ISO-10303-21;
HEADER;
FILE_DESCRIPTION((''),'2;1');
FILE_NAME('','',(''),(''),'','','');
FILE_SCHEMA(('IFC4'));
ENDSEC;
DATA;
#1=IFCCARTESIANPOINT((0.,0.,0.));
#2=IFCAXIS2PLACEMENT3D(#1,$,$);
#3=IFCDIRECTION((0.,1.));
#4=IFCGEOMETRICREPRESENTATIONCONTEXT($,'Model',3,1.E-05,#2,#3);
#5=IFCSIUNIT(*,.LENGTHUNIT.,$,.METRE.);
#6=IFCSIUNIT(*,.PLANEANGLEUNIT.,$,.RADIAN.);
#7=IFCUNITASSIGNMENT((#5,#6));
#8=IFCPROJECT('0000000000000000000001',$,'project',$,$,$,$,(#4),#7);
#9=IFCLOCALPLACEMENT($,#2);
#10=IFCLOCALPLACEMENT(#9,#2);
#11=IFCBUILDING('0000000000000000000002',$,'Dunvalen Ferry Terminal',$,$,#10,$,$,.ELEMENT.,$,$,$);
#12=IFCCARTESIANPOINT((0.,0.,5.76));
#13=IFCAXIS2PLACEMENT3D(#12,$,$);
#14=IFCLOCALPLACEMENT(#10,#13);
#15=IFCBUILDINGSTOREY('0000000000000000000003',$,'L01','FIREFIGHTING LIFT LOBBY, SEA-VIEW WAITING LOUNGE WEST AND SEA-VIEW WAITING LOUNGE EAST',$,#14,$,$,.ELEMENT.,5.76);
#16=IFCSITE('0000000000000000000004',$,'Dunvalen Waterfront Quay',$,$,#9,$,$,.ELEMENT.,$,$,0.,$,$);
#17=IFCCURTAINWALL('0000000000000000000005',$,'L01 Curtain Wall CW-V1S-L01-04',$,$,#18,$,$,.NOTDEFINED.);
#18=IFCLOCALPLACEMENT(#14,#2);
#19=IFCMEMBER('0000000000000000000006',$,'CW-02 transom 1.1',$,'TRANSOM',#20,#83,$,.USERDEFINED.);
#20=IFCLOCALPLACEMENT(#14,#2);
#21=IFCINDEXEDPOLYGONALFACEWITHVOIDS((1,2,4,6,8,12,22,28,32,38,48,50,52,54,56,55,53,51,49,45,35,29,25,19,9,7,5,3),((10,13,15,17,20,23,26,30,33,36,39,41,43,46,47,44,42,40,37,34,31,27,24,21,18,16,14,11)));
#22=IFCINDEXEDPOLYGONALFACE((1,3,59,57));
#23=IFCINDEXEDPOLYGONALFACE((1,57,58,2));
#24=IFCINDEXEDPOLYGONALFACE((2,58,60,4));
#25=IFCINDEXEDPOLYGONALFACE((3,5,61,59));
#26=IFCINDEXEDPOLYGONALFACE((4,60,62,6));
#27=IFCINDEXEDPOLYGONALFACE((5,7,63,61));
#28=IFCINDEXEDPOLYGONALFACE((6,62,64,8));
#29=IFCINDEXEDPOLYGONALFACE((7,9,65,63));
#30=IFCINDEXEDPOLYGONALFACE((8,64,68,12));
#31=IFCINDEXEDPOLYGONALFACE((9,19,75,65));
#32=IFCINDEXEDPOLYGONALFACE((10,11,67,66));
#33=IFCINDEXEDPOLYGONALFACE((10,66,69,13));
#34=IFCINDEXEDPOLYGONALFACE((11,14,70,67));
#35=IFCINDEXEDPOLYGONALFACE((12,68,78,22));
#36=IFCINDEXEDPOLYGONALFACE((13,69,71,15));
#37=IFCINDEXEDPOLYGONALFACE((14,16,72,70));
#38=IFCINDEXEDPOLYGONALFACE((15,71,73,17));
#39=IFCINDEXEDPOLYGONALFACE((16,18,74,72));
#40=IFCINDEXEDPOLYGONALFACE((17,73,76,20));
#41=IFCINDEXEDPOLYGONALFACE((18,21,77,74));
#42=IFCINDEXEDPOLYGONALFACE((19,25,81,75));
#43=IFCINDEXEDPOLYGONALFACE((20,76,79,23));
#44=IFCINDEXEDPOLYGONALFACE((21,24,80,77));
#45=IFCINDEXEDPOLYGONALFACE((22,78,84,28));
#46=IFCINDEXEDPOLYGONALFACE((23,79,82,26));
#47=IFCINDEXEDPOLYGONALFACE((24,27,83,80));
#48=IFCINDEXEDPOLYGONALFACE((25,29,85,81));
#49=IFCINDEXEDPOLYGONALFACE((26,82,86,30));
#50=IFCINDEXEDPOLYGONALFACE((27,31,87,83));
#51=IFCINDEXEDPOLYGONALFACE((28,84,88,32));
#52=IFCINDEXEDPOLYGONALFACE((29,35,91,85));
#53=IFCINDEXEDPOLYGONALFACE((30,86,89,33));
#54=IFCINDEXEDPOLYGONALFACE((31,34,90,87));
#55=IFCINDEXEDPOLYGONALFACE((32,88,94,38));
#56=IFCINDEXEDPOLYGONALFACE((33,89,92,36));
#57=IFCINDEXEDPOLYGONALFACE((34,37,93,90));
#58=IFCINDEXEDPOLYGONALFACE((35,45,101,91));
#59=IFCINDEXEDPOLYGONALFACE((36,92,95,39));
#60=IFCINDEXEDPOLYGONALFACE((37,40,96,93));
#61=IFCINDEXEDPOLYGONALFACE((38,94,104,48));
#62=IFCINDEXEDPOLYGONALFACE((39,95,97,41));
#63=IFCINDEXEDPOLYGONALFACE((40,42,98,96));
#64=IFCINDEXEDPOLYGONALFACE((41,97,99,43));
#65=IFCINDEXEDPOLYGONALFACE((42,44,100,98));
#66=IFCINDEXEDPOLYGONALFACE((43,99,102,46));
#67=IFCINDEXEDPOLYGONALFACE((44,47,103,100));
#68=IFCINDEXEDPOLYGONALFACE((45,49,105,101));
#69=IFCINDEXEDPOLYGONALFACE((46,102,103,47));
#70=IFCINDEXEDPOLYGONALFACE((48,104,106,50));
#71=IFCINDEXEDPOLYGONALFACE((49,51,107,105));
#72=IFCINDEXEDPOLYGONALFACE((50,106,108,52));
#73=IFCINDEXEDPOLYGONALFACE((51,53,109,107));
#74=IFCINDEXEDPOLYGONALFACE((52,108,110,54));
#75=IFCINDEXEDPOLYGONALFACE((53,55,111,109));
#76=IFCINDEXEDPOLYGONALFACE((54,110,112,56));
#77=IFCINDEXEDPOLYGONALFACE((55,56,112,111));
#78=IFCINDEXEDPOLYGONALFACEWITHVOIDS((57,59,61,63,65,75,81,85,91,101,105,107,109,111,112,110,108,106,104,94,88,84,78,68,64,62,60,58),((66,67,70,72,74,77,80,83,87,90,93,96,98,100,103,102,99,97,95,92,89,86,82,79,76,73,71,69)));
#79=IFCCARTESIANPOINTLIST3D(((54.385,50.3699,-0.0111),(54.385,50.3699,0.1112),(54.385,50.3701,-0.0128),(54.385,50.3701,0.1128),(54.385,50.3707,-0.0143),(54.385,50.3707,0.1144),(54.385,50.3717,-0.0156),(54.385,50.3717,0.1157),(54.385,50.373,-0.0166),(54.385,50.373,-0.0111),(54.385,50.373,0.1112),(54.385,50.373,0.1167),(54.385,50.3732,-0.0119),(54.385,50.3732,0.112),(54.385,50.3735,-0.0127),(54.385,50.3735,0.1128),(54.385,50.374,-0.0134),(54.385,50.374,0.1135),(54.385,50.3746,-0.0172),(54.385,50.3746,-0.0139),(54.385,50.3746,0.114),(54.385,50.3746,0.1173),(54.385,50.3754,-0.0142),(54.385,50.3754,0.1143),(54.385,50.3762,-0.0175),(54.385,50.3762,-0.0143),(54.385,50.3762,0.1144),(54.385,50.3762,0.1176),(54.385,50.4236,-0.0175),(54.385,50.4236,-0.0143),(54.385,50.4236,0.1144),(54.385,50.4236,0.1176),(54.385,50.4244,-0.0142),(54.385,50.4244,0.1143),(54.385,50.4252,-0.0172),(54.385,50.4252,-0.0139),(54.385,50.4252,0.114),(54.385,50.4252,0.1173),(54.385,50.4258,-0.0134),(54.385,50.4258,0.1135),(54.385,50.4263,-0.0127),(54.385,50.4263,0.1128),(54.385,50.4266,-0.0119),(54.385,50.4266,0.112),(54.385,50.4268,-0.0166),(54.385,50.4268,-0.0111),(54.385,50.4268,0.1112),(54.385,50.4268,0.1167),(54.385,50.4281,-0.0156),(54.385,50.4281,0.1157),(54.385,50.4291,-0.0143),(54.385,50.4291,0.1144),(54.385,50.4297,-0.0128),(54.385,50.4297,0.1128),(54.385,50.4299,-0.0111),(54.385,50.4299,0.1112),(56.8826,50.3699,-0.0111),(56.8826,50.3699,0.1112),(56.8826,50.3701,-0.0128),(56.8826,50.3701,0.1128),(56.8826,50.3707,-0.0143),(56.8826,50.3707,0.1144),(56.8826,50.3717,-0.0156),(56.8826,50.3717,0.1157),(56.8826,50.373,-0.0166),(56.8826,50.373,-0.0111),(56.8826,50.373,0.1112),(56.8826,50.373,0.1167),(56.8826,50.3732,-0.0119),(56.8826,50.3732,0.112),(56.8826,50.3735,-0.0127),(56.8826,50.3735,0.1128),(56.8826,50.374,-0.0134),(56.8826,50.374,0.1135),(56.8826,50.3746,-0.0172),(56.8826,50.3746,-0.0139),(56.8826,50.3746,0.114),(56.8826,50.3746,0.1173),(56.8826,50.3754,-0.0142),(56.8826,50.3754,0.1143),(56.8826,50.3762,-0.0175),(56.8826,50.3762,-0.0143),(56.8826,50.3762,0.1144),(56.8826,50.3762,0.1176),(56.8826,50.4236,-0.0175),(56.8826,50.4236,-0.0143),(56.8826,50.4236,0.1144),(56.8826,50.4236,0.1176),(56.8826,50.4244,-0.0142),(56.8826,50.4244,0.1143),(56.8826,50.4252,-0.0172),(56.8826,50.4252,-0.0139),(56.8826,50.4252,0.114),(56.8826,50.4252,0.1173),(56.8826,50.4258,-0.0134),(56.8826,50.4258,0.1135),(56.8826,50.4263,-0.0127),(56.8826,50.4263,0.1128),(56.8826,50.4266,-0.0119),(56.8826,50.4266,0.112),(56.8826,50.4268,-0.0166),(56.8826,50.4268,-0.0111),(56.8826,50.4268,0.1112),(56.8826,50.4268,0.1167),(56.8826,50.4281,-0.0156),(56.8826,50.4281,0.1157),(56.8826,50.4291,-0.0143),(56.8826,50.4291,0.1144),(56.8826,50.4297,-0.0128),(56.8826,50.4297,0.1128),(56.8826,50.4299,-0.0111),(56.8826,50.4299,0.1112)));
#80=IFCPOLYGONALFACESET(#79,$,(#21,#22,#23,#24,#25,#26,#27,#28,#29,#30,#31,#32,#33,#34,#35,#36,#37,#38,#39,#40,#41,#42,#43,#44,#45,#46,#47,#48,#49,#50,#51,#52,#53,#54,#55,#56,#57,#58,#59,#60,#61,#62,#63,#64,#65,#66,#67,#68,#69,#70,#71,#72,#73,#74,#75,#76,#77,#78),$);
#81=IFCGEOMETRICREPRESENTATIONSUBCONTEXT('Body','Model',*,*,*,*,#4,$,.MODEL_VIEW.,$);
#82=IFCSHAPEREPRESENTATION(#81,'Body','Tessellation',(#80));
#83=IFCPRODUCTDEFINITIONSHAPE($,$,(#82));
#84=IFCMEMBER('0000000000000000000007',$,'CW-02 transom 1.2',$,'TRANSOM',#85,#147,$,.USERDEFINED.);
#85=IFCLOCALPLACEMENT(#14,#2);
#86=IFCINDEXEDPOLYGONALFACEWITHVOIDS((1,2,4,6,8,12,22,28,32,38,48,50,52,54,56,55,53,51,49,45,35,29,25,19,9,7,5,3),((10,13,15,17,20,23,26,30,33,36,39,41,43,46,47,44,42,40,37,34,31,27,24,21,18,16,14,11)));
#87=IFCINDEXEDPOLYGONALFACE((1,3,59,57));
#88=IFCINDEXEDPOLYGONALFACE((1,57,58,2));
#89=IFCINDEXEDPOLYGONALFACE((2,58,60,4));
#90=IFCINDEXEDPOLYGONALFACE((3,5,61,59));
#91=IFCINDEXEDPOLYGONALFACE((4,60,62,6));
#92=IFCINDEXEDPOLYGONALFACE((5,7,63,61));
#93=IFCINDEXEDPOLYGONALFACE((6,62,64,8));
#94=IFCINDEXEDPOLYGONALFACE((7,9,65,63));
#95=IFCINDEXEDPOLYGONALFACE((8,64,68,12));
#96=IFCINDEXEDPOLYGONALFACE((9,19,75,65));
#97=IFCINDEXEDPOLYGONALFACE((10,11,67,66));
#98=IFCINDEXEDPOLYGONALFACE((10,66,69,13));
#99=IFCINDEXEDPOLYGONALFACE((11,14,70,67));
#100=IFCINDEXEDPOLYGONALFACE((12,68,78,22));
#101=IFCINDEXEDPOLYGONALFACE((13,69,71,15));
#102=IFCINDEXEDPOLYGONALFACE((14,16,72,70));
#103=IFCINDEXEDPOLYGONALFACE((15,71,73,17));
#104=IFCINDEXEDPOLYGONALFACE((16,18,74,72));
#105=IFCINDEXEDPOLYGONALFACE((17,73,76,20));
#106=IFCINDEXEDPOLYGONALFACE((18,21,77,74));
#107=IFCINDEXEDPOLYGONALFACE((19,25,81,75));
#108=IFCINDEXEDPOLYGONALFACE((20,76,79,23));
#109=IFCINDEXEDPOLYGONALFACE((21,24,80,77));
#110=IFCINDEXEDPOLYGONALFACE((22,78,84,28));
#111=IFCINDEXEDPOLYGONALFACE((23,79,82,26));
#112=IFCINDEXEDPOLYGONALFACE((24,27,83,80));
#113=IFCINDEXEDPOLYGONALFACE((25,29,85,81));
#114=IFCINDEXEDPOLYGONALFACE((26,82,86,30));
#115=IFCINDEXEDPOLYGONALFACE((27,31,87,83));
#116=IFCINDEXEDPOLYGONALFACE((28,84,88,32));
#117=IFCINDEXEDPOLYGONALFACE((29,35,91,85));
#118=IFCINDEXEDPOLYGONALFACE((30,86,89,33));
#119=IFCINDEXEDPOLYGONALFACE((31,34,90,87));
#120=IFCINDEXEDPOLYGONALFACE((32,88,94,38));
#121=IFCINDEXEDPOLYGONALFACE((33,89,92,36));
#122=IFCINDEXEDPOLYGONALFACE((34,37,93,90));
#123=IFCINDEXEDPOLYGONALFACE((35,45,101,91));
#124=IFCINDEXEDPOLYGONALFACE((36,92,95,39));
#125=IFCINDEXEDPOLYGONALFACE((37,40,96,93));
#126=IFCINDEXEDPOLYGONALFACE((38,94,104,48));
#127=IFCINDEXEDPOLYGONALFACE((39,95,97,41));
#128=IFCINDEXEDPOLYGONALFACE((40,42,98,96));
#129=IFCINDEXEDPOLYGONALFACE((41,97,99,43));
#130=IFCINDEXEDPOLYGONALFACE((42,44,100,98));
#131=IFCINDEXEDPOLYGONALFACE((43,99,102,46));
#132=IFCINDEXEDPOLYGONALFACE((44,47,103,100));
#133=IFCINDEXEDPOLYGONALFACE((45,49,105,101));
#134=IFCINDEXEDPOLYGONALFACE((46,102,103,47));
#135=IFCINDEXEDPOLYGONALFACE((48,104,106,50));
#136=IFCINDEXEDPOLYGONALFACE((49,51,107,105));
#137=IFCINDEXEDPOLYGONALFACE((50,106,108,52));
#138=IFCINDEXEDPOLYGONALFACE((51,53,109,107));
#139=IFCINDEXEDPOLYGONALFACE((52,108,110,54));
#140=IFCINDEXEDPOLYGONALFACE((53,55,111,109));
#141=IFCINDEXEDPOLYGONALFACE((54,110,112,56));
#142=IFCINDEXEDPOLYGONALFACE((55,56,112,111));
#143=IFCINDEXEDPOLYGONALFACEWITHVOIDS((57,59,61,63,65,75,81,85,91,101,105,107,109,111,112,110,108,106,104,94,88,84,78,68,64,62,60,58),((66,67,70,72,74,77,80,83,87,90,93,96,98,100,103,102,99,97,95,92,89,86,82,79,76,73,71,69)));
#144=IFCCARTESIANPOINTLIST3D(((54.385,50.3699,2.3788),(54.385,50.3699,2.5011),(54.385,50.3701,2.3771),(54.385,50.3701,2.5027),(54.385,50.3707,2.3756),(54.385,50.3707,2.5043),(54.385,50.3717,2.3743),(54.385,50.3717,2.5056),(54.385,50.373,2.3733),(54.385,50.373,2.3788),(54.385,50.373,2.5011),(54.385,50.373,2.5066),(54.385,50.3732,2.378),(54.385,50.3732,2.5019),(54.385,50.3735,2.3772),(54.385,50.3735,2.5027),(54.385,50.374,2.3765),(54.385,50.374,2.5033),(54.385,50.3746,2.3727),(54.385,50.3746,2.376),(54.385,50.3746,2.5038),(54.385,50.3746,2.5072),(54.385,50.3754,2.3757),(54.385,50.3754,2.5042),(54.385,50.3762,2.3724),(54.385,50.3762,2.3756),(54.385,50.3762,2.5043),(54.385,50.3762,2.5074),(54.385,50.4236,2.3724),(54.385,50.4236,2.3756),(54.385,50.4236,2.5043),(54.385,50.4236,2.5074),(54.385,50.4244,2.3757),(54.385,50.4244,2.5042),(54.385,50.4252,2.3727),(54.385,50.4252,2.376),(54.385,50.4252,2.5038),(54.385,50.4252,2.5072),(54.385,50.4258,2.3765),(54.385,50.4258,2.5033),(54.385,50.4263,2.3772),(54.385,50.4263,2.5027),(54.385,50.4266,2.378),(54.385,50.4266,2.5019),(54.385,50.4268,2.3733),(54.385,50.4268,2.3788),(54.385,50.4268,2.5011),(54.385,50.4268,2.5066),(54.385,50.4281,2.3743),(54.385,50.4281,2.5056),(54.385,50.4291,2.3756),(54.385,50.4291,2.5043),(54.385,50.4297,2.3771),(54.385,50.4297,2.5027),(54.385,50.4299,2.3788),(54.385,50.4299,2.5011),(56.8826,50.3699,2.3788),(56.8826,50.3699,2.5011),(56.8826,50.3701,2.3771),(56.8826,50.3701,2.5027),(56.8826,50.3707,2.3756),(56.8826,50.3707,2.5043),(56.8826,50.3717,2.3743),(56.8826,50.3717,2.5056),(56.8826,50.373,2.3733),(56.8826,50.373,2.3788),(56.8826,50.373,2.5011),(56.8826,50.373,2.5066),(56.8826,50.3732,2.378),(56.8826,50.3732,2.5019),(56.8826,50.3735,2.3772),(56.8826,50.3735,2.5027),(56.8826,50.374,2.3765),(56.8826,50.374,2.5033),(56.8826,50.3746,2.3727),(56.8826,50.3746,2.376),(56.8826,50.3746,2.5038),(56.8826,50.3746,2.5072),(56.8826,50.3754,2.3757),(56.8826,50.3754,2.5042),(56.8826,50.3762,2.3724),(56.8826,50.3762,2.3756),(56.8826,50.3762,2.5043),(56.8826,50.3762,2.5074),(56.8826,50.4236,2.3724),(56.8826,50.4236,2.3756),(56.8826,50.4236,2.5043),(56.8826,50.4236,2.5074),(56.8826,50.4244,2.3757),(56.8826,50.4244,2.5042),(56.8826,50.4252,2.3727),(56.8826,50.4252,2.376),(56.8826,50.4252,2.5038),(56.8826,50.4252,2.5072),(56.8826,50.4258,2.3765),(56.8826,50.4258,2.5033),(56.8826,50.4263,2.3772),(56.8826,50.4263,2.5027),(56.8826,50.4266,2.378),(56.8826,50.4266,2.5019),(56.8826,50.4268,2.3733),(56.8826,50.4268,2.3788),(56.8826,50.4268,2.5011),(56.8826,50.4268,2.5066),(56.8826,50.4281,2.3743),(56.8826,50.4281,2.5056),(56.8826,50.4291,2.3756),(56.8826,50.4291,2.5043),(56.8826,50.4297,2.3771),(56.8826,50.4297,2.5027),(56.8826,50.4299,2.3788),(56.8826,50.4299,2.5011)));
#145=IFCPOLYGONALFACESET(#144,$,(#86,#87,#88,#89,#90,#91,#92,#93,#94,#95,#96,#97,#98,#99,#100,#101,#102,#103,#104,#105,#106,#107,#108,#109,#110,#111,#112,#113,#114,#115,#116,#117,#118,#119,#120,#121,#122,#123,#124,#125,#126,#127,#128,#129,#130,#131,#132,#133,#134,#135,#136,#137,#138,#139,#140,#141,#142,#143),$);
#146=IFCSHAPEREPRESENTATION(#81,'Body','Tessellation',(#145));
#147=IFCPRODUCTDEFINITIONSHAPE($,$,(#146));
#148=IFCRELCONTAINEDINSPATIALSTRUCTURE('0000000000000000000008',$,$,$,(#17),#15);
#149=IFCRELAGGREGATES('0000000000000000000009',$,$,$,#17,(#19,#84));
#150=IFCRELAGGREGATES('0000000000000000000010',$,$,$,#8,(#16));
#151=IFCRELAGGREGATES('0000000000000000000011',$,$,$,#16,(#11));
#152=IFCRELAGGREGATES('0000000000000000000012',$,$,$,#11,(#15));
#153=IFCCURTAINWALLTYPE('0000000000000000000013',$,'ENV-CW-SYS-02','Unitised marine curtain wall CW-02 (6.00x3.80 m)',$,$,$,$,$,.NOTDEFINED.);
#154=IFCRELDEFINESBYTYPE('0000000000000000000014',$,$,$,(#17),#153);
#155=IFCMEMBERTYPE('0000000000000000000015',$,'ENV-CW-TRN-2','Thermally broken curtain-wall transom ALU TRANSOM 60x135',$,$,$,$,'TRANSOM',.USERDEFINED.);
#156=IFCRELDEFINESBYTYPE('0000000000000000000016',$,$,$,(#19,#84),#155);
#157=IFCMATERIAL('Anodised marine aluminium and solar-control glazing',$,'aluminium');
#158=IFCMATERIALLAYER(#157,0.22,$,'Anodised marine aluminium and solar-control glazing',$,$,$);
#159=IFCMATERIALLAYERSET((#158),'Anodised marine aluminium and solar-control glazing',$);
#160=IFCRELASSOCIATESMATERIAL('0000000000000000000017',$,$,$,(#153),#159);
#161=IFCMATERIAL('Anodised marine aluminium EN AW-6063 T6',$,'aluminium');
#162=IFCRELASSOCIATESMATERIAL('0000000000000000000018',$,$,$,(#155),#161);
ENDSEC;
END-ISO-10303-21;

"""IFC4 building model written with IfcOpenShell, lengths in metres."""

from ifc_helpers import new_model, si_unit, direction, frame, origin, origin_2d, place, context, subcontext, project, spatial, hollow_rectangle, extrude, material, layer, layer_set, material_profile, profile_set, type_object, element, aggregate, save


model = new_model("IFC4")

# Units and contexts
model_context = context("Model", 3, precision=1e-05, world=origin(), true_north=direction((0.0, 1.0)))
body_context = subcontext(model_context, "Body", "Model", "MODEL_VIEW")
ifc_project = project(units=[si_unit("LENGTHUNIT", "METRE"), si_unit("PLANEANGLEUNIT", "RADIAN")], contexts=[model_context])

# Site, building, storey
site_placement = place(None, origin())
site = spatial("IfcSite", under=ifc_project, at=site_placement, Name="Dunvalen Waterfront Quay", CompositionType="ELEMENT", RefElevation=0.0)
building_placement = place(site_placement, origin())
building = spatial("IfcBuilding", under=site, at=building_placement, Name="Dunvalen Ferry Terminal", CompositionType="ELEMENT")
storey_placement = place(building_placement, frame((0.0, 0.0, 5.76)))
storey = spatial("IfcBuildingStorey", under=building, at=storey_placement, Name="L01", Description="FIREFIGHTING LIFT LOBBY, SEA-VIEW WAITING LOUNGE WEST AND SEA-VIEW WAITING LOUNGE EAST", CompositionType="ELEMENT", Elevation=5.76)

# Curtain wall
ifc_material_1 = material(Name="Anodised marine aluminium and solar-control glazing", Category="aluminium")
ifc_layer_1 = layer(ifc_material_1, 0.22, Name="Anodised marine aluminium and solar-control glazing")
ifc_layer_set_1 = layer_set([ifc_layer_1], Name="Anodised marine aluminium and solar-control glazing")
curtain_wall_type = type_object("IfcCurtainWallType", Name="ENV-CW-SYS-02", Description="Unitised marine curtain wall CW-02 (6.00x3.80 m)", PredefinedType="NOTDEFINED", material=ifc_layer_set_1)
curtain_wall_1_placement = place(storey_placement, origin())
curtain_wall_1 = element("IfcCurtainWall", 1, at=curtain_wall_1_placement, inside=storey, type_object=curtain_wall_type, Name="L01 Curtain Wall CW-V1S-L01-04", PredefinedType="NOTDEFINED")
ifc_material_2 = material(Name="Anodised marine aluminium EN AW-6063 T6", Category="aluminium")

# Members
ifc_material_profile_1 = material_profile(ifc_material_2, hollow_rectangle(XDim=0.0601, YDim=0.135, WallThickness=0.0032, InnerFilletRadius=0.0032, OuterFilletRadius=0.0063, at=origin_2d()), Name="Anodised marine aluminium EN AW-6063 T6")
ifc_profile_set_1 = profile_set([ifc_material_profile_1], Name="Anodised marine aluminium EN AW-6063 T6")
member_type_1 = type_object("IfcMemberType", Name="ENV-CW-TRN-2", Description="Thermally broken curtain-wall transom ALU TRANSOM 60x135", ElementType="TRANSOM", PredefinedType="USERDEFINED", material=ifc_profile_set_1)
member_1_placement = place(storey_placement, frame((54.385, 50.3999, 0.05), z_axis=(1.0, 0.0, 0.0), x_axis=(0.0, 1.0, 0.0)))
member_1 = element("IfcMember", 2, at=member_1_placement, type_object=member_type_1, Name="CW-02 transom 1.1", ObjectType="TRANSOM", PredefinedType="USERDEFINED", context=body_context, shape_type="SweptSolid", body=[
    extrude(hollow_rectangle(XDim=0.0601, YDim=0.135, WallThickness=0.0032, InnerFilletRadius=0.0032, OuterFilletRadius=0.0063, at=origin_2d()), origin(), (0.0, 0.0, 1.0), 2.4976),
])
member_2_placement = place(storey_placement, frame((54.385, 50.3999, 2.4399), z_axis=(1.0, 0.0, 0.0), x_axis=(0.0, 1.0, 0.0)))
member_2 = element("IfcMember", 3, at=member_2_placement, type_object=member_type_1, Name="CW-02 transom 1.2", ObjectType="TRANSOM", PredefinedType="USERDEFINED", context=body_context, shape_type="SweptSolid", body=[
    extrude(hollow_rectangle(XDim=0.0601, YDim=0.135, WallThickness=0.0032, InnerFilletRadius=0.0032, OuterFilletRadius=0.0063, at=origin_2d()), origin(), (0.0, 0.0, 1.0), 2.4976),
])

aggregate(curtain_wall_1, [member_1, member_2])

save(model, "model.ifc")
